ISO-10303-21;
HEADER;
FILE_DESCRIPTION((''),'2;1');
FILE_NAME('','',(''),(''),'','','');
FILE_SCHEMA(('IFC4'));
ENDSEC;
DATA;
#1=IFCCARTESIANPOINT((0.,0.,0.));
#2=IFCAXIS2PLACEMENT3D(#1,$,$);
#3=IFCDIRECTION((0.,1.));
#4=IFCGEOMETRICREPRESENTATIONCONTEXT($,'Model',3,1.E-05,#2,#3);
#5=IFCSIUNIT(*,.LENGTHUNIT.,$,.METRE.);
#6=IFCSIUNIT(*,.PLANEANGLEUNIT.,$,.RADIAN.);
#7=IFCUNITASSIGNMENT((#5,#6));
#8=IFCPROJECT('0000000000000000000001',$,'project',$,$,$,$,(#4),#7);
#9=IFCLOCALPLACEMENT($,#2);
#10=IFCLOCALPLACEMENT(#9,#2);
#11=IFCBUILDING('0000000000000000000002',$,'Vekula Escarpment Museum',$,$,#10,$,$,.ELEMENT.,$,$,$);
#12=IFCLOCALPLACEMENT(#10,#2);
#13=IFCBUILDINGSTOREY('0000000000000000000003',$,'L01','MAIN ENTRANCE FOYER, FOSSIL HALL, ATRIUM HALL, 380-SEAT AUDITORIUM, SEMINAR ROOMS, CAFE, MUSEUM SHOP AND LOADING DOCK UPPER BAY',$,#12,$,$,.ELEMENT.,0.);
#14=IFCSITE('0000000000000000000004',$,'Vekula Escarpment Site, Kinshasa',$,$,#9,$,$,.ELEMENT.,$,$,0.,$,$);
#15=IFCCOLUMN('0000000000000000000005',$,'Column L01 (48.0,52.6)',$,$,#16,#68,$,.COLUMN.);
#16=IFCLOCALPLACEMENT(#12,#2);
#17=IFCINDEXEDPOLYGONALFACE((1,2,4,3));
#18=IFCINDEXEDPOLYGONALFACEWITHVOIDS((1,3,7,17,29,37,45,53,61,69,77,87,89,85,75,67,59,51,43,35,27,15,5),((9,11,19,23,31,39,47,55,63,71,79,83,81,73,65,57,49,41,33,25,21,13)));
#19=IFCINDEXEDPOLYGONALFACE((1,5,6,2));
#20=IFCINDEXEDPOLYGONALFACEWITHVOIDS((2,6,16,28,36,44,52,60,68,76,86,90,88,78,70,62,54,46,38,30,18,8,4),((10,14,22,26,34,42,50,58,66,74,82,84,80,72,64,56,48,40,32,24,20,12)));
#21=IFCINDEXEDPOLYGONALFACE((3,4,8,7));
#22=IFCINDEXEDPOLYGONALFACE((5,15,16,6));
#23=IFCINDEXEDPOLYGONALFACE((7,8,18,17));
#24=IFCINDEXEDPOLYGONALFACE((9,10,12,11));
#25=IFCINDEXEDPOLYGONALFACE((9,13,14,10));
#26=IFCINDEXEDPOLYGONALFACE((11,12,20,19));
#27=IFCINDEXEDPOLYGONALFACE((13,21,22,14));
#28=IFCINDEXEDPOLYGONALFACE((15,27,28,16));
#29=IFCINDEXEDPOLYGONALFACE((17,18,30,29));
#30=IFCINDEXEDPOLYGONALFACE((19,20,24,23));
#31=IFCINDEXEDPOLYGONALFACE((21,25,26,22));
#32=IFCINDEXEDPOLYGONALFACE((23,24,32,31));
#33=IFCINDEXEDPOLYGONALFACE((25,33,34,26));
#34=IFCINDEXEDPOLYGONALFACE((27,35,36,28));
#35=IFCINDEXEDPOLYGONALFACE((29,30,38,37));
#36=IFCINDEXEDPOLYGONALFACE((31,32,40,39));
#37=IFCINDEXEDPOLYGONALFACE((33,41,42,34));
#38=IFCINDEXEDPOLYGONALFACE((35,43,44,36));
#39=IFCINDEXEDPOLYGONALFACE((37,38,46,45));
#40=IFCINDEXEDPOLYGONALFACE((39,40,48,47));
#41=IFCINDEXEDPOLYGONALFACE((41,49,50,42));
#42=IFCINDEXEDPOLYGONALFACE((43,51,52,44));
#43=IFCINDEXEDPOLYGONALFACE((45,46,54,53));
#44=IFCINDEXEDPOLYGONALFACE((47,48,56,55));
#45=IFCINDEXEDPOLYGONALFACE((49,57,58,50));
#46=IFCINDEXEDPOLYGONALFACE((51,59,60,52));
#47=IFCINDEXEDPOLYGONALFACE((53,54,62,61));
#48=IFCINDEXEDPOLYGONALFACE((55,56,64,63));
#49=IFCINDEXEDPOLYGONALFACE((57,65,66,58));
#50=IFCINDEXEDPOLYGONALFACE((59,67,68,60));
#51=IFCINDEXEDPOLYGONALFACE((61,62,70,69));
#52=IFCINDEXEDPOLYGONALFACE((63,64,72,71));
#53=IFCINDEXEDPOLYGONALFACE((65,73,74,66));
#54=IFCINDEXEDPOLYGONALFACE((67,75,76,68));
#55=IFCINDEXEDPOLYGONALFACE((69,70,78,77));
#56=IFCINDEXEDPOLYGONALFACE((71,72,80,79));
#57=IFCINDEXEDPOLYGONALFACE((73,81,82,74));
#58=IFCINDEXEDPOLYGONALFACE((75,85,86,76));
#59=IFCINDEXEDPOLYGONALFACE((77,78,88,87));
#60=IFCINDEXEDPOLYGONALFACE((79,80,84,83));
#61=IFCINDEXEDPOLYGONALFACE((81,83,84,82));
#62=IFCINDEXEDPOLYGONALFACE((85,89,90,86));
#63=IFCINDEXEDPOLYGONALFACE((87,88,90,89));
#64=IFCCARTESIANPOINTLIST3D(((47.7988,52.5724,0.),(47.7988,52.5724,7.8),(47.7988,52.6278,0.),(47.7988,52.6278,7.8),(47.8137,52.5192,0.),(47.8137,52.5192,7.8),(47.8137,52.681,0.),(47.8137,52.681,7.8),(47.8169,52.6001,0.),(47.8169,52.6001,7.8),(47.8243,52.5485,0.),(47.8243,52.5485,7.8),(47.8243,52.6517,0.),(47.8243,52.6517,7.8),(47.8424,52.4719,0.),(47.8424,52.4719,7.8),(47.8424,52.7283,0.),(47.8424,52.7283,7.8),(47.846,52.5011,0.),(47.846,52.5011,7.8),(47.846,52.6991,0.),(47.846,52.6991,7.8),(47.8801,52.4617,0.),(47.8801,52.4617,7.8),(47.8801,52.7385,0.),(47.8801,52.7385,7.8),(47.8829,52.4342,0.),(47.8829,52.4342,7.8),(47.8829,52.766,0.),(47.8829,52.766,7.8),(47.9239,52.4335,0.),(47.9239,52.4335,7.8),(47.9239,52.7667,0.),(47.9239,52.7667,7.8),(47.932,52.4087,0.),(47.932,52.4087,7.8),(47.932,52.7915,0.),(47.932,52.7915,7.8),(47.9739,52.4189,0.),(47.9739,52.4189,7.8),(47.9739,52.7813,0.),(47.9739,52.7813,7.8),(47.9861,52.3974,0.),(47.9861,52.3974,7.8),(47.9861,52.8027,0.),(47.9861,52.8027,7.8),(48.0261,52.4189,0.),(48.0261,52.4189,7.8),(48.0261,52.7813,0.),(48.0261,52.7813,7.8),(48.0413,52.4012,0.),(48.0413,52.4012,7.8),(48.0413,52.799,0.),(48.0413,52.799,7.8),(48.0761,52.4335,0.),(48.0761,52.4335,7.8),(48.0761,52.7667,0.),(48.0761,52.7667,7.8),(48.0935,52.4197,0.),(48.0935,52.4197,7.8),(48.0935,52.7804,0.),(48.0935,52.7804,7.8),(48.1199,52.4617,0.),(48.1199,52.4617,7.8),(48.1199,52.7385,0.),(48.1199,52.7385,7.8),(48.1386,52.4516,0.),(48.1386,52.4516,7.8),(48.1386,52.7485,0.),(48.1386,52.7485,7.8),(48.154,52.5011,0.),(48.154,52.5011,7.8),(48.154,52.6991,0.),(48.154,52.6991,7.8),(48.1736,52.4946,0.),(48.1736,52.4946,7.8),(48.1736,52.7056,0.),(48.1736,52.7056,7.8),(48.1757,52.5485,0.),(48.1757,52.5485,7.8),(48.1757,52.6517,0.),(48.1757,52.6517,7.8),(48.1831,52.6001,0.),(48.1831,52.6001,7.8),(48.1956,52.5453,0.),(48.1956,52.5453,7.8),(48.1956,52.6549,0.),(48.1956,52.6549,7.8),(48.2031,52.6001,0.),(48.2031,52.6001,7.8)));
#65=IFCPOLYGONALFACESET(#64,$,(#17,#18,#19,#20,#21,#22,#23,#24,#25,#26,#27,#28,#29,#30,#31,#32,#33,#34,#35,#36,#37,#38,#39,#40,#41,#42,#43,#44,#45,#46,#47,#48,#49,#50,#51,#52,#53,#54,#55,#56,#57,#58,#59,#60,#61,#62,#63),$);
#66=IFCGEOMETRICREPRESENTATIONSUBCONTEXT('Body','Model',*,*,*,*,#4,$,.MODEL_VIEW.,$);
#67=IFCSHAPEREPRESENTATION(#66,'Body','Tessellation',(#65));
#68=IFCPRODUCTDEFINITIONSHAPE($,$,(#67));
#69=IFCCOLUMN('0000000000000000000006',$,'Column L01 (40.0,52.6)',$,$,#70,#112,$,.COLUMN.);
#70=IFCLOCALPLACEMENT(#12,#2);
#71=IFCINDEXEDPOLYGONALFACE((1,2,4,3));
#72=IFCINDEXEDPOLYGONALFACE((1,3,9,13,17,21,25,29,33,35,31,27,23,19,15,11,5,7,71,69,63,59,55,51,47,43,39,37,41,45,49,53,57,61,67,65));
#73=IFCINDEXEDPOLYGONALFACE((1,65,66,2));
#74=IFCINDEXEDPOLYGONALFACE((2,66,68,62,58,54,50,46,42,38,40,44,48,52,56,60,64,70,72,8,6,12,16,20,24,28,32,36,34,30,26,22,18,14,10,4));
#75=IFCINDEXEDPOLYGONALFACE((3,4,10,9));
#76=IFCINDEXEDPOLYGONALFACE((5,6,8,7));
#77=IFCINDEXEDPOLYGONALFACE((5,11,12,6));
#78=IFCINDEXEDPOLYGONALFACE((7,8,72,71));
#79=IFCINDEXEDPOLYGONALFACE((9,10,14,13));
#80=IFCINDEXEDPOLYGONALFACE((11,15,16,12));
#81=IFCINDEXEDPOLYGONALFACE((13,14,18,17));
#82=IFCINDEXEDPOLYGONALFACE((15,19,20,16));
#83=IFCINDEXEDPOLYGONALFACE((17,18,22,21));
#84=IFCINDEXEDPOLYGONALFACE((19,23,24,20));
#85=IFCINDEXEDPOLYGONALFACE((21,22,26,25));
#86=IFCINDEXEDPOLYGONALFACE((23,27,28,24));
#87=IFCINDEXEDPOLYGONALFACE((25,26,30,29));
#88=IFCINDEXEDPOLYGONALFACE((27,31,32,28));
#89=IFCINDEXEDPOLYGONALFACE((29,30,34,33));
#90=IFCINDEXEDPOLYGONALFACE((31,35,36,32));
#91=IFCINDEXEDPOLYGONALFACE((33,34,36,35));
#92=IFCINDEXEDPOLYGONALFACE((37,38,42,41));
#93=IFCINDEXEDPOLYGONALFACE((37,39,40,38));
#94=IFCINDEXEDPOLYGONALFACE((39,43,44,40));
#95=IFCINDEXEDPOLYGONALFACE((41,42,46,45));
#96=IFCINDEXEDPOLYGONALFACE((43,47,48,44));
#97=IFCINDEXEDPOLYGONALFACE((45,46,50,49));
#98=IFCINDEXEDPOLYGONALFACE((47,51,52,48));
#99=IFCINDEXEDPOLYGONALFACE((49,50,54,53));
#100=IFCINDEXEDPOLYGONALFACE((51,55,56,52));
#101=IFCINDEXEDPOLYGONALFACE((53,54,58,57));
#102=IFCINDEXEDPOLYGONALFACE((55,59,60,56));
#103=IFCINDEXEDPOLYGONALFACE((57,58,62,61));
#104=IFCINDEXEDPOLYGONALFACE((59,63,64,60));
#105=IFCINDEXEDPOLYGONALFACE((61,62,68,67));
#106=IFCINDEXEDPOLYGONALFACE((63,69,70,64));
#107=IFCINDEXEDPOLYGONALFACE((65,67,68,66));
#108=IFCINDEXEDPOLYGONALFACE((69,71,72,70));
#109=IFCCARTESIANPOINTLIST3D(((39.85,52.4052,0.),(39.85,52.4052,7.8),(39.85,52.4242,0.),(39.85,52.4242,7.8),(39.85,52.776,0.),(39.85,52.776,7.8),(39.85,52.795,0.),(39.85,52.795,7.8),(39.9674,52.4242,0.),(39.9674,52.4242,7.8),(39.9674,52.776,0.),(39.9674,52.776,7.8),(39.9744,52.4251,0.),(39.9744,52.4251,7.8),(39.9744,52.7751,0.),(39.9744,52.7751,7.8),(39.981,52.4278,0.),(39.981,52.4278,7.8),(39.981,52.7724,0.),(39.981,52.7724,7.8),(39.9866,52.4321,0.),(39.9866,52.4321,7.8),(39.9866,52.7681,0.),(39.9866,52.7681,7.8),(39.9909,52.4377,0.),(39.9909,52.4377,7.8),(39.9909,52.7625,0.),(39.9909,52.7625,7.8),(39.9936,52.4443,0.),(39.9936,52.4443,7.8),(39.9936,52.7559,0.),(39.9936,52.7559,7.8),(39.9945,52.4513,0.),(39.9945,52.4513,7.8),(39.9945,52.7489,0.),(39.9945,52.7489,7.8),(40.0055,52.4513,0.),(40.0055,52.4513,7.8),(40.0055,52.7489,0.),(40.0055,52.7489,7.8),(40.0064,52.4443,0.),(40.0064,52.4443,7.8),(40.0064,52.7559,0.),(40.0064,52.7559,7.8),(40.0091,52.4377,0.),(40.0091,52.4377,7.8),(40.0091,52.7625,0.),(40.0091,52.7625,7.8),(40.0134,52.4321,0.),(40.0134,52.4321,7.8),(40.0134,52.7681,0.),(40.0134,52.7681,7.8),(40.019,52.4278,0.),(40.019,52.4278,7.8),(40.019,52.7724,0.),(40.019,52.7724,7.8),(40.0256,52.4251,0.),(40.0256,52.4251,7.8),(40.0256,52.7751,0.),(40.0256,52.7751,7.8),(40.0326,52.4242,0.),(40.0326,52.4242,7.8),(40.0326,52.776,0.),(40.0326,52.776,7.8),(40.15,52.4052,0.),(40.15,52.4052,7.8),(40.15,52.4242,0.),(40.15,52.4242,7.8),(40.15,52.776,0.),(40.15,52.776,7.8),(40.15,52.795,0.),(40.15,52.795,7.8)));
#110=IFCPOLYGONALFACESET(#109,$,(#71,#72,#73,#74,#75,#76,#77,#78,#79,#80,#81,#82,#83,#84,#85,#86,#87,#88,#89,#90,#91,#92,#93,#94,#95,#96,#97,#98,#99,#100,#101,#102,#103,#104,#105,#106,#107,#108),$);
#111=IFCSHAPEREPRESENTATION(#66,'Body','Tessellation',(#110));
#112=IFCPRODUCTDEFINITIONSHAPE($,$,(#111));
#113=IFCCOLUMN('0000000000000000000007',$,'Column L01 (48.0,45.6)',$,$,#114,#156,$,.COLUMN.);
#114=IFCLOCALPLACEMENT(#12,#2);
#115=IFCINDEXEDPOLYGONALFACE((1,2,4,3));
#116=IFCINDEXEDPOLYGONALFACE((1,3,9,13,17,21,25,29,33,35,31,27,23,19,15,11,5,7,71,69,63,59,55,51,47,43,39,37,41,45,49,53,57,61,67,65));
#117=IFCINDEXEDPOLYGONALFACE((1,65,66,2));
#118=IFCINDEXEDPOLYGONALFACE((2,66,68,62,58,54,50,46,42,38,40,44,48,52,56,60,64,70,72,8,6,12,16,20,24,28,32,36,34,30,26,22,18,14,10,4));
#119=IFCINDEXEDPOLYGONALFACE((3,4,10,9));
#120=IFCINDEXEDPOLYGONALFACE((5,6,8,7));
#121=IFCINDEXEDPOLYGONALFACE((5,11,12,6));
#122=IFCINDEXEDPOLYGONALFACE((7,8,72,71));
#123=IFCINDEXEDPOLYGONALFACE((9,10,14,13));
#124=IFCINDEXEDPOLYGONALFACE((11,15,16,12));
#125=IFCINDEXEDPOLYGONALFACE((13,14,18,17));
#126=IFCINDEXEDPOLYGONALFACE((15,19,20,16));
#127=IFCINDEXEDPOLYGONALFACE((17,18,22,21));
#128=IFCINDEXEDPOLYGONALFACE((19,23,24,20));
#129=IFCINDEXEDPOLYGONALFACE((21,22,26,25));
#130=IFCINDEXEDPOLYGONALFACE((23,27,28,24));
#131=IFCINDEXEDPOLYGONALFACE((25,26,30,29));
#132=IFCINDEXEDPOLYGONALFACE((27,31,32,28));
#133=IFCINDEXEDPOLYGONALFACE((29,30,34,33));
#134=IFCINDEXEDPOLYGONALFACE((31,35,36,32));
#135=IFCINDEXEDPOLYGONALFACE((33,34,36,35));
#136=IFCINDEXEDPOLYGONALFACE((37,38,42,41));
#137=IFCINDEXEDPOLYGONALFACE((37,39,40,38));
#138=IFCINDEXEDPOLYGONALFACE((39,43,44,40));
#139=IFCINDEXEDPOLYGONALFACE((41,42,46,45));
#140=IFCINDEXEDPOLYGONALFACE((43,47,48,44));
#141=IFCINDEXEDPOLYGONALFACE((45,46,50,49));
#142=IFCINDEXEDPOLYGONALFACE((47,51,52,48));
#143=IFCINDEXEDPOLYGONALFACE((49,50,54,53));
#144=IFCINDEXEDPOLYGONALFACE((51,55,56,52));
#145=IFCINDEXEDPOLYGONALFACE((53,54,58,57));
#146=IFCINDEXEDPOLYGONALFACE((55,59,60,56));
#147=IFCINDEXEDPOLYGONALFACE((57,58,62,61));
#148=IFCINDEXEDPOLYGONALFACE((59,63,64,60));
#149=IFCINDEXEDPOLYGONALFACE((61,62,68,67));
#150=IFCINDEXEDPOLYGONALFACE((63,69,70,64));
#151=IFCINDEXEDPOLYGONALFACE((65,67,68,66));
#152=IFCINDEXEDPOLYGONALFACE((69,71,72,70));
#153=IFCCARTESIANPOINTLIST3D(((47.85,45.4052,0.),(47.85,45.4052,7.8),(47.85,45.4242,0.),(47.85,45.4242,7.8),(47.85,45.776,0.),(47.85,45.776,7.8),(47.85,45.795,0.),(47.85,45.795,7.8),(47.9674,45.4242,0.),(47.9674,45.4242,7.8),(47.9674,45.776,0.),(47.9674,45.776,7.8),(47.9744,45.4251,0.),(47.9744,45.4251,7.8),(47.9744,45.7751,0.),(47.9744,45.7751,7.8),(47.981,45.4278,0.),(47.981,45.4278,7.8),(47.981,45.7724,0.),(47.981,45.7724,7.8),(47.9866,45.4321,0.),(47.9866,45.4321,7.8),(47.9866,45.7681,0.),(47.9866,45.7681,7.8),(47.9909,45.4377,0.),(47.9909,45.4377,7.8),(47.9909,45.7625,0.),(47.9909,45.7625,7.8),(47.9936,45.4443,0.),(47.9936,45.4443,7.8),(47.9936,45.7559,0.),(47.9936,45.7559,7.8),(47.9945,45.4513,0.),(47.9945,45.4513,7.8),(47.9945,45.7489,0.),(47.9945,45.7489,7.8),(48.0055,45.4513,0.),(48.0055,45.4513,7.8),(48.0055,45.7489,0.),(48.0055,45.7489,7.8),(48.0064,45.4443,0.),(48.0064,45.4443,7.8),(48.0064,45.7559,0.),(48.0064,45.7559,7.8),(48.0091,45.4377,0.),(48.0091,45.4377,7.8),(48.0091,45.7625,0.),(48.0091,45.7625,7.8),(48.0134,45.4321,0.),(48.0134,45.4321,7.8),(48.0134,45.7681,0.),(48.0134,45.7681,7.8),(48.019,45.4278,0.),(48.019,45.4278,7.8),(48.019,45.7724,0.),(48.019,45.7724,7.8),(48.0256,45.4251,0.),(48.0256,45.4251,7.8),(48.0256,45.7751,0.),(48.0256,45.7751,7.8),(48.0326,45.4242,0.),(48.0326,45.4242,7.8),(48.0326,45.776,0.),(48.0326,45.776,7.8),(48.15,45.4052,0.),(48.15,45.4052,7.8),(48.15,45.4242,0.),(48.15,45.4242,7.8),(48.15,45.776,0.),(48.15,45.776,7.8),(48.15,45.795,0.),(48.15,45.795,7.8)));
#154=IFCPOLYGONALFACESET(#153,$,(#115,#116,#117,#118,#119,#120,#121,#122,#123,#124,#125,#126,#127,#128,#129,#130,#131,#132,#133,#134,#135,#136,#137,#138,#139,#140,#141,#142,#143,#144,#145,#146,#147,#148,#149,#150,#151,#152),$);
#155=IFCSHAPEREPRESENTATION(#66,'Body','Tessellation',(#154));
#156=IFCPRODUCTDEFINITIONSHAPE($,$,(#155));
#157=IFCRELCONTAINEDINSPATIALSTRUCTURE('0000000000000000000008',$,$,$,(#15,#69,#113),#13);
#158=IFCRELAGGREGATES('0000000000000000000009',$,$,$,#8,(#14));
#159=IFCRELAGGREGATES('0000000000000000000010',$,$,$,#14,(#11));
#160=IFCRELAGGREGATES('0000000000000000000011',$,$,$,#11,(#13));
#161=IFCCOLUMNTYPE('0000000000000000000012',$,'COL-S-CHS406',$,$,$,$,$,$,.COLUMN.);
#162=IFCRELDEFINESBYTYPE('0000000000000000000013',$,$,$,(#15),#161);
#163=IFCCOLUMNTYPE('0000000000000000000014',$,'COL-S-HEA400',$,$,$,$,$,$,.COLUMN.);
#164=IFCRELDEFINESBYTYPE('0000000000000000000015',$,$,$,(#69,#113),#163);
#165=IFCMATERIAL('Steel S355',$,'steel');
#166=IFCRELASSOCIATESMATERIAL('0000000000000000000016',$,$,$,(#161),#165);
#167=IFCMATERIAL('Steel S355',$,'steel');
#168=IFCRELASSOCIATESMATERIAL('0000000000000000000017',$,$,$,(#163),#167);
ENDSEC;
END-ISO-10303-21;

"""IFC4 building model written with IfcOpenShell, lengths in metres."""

from ifc_helpers import new_model, si_unit, direction, frame, origin, origin_2d, place, context, subcontext, project, spatial, hollow_circle, i_section, extrude, material, material_profile, profile_set, type_object, element, save


model = new_model("IFC4")

# Units and contexts
model_context = context("Model", 3, precision=1e-05, world=origin(), true_north=direction((0.0, 1.0)))
body_context = subcontext(model_context, "Body", "Model", "MODEL_VIEW")
ifc_project = project(units=[si_unit("LENGTHUNIT", "METRE"), si_unit("PLANEANGLEUNIT", "RADIAN")], contexts=[model_context])

# Site, building, storey
site_placement = place(None, origin())
site = spatial("IfcSite", under=ifc_project, at=site_placement, Name="Vekula Escarpment Site, Kinshasa", CompositionType="ELEMENT", RefElevation=0.0)
building_placement = place(site_placement, origin())
building = spatial("IfcBuilding", under=site, at=building_placement, Name="Vekula Escarpment Museum", CompositionType="ELEMENT")
storey_placement = place(building_placement, origin())
storey = spatial("IfcBuildingStorey", under=building, at=storey_placement, Name="L01", Description="MAIN ENTRANCE FOYER, FOSSIL HALL, ATRIUM HALL, 380-SEAT AUDITORIUM, SEMINAR ROOMS, CAFE, MUSEUM SHOP AND LOADING DOCK UPPER BAY", CompositionType="ELEMENT", Elevation=0.0)

# Columns
ifc_material_1 = material(Name="Steel S355", Category="steel")
ifc_material_profile_1 = material_profile(ifc_material_1, hollow_circle(Radius=0.2031, WallThickness=0.02, at=origin_2d()), Name="CHS 406.4x20")
ifc_profile_set_1 = profile_set([ifc_material_profile_1], Name="Steel S355")
column_type_1 = type_object("IfcColumnType", Name="COL-S-CHS406", PredefinedType="COLUMN", material=ifc_profile_set_1)
column_placement = place(storey_placement, frame((48.0, 52.6001, 0.0), z_axis=(0.0, 0.0, 1.0), x_axis=(1.0, 0.0, 0.0)))
element("IfcColumn", 1, at=column_placement, inside=storey, type_object=column_type_1, Name="Column L01 (48.0,52.6)", PredefinedType="COLUMN", context=body_context, shape_type="SweptSolid", body=[
    extrude(hollow_circle(Radius=0.2031, WallThickness=0.02, at=origin_2d()), origin(), (0.0, 0.0, 1.0), 7.8),
])
ifc_material_2 = material(Name="Steel S355", Category="steel")
ifc_material_profile_2 = material_profile(ifc_material_2, i_section(OverallWidth=0.3, OverallDepth=0.3899, WebThickness=0.011, FlangeThickness=0.019, FilletRadius=0.0271, at=origin_2d()), Name="HEA 400")
ifc_profile_set_2 = profile_set([ifc_material_profile_2], Name="Steel S355")
column_type_2 = type_object("IfcColumnType", Name="COL-S-HEA400", PredefinedType="COLUMN", material=ifc_profile_set_2)
for number, where, z_axis, x_axis, name in (
    (2, (40.0, 52.6001, 0.0), (0.0, 0.0, 1.0), (1.0, 0.0, 0.0), "Column L01 (40.0,52.6)"),
    (3, (48.0, 45.6001, 0.0), (0.0, 0.0, 1.0), (1.0, 0.0, 0.0), "Column L01 (48.0,45.6)"),
):
    element("IfcColumn", number, at=place(storey_placement, frame(where, z_axis=z_axis, x_axis=x_axis)), inside=storey, type_object=column_type_2, Name=name, PredefinedType="COLUMN", context=body_context, shape_type="SweptSolid", body=[
        extrude(i_section(OverallWidth=0.3, OverallDepth=0.3899, WebThickness=0.011, FlangeThickness=0.019, FilletRadius=0.0271, at=origin_2d()), origin(), (0.0, 0.0, 1.0), 7.8),
    ])

save(model, "model.ifc")
